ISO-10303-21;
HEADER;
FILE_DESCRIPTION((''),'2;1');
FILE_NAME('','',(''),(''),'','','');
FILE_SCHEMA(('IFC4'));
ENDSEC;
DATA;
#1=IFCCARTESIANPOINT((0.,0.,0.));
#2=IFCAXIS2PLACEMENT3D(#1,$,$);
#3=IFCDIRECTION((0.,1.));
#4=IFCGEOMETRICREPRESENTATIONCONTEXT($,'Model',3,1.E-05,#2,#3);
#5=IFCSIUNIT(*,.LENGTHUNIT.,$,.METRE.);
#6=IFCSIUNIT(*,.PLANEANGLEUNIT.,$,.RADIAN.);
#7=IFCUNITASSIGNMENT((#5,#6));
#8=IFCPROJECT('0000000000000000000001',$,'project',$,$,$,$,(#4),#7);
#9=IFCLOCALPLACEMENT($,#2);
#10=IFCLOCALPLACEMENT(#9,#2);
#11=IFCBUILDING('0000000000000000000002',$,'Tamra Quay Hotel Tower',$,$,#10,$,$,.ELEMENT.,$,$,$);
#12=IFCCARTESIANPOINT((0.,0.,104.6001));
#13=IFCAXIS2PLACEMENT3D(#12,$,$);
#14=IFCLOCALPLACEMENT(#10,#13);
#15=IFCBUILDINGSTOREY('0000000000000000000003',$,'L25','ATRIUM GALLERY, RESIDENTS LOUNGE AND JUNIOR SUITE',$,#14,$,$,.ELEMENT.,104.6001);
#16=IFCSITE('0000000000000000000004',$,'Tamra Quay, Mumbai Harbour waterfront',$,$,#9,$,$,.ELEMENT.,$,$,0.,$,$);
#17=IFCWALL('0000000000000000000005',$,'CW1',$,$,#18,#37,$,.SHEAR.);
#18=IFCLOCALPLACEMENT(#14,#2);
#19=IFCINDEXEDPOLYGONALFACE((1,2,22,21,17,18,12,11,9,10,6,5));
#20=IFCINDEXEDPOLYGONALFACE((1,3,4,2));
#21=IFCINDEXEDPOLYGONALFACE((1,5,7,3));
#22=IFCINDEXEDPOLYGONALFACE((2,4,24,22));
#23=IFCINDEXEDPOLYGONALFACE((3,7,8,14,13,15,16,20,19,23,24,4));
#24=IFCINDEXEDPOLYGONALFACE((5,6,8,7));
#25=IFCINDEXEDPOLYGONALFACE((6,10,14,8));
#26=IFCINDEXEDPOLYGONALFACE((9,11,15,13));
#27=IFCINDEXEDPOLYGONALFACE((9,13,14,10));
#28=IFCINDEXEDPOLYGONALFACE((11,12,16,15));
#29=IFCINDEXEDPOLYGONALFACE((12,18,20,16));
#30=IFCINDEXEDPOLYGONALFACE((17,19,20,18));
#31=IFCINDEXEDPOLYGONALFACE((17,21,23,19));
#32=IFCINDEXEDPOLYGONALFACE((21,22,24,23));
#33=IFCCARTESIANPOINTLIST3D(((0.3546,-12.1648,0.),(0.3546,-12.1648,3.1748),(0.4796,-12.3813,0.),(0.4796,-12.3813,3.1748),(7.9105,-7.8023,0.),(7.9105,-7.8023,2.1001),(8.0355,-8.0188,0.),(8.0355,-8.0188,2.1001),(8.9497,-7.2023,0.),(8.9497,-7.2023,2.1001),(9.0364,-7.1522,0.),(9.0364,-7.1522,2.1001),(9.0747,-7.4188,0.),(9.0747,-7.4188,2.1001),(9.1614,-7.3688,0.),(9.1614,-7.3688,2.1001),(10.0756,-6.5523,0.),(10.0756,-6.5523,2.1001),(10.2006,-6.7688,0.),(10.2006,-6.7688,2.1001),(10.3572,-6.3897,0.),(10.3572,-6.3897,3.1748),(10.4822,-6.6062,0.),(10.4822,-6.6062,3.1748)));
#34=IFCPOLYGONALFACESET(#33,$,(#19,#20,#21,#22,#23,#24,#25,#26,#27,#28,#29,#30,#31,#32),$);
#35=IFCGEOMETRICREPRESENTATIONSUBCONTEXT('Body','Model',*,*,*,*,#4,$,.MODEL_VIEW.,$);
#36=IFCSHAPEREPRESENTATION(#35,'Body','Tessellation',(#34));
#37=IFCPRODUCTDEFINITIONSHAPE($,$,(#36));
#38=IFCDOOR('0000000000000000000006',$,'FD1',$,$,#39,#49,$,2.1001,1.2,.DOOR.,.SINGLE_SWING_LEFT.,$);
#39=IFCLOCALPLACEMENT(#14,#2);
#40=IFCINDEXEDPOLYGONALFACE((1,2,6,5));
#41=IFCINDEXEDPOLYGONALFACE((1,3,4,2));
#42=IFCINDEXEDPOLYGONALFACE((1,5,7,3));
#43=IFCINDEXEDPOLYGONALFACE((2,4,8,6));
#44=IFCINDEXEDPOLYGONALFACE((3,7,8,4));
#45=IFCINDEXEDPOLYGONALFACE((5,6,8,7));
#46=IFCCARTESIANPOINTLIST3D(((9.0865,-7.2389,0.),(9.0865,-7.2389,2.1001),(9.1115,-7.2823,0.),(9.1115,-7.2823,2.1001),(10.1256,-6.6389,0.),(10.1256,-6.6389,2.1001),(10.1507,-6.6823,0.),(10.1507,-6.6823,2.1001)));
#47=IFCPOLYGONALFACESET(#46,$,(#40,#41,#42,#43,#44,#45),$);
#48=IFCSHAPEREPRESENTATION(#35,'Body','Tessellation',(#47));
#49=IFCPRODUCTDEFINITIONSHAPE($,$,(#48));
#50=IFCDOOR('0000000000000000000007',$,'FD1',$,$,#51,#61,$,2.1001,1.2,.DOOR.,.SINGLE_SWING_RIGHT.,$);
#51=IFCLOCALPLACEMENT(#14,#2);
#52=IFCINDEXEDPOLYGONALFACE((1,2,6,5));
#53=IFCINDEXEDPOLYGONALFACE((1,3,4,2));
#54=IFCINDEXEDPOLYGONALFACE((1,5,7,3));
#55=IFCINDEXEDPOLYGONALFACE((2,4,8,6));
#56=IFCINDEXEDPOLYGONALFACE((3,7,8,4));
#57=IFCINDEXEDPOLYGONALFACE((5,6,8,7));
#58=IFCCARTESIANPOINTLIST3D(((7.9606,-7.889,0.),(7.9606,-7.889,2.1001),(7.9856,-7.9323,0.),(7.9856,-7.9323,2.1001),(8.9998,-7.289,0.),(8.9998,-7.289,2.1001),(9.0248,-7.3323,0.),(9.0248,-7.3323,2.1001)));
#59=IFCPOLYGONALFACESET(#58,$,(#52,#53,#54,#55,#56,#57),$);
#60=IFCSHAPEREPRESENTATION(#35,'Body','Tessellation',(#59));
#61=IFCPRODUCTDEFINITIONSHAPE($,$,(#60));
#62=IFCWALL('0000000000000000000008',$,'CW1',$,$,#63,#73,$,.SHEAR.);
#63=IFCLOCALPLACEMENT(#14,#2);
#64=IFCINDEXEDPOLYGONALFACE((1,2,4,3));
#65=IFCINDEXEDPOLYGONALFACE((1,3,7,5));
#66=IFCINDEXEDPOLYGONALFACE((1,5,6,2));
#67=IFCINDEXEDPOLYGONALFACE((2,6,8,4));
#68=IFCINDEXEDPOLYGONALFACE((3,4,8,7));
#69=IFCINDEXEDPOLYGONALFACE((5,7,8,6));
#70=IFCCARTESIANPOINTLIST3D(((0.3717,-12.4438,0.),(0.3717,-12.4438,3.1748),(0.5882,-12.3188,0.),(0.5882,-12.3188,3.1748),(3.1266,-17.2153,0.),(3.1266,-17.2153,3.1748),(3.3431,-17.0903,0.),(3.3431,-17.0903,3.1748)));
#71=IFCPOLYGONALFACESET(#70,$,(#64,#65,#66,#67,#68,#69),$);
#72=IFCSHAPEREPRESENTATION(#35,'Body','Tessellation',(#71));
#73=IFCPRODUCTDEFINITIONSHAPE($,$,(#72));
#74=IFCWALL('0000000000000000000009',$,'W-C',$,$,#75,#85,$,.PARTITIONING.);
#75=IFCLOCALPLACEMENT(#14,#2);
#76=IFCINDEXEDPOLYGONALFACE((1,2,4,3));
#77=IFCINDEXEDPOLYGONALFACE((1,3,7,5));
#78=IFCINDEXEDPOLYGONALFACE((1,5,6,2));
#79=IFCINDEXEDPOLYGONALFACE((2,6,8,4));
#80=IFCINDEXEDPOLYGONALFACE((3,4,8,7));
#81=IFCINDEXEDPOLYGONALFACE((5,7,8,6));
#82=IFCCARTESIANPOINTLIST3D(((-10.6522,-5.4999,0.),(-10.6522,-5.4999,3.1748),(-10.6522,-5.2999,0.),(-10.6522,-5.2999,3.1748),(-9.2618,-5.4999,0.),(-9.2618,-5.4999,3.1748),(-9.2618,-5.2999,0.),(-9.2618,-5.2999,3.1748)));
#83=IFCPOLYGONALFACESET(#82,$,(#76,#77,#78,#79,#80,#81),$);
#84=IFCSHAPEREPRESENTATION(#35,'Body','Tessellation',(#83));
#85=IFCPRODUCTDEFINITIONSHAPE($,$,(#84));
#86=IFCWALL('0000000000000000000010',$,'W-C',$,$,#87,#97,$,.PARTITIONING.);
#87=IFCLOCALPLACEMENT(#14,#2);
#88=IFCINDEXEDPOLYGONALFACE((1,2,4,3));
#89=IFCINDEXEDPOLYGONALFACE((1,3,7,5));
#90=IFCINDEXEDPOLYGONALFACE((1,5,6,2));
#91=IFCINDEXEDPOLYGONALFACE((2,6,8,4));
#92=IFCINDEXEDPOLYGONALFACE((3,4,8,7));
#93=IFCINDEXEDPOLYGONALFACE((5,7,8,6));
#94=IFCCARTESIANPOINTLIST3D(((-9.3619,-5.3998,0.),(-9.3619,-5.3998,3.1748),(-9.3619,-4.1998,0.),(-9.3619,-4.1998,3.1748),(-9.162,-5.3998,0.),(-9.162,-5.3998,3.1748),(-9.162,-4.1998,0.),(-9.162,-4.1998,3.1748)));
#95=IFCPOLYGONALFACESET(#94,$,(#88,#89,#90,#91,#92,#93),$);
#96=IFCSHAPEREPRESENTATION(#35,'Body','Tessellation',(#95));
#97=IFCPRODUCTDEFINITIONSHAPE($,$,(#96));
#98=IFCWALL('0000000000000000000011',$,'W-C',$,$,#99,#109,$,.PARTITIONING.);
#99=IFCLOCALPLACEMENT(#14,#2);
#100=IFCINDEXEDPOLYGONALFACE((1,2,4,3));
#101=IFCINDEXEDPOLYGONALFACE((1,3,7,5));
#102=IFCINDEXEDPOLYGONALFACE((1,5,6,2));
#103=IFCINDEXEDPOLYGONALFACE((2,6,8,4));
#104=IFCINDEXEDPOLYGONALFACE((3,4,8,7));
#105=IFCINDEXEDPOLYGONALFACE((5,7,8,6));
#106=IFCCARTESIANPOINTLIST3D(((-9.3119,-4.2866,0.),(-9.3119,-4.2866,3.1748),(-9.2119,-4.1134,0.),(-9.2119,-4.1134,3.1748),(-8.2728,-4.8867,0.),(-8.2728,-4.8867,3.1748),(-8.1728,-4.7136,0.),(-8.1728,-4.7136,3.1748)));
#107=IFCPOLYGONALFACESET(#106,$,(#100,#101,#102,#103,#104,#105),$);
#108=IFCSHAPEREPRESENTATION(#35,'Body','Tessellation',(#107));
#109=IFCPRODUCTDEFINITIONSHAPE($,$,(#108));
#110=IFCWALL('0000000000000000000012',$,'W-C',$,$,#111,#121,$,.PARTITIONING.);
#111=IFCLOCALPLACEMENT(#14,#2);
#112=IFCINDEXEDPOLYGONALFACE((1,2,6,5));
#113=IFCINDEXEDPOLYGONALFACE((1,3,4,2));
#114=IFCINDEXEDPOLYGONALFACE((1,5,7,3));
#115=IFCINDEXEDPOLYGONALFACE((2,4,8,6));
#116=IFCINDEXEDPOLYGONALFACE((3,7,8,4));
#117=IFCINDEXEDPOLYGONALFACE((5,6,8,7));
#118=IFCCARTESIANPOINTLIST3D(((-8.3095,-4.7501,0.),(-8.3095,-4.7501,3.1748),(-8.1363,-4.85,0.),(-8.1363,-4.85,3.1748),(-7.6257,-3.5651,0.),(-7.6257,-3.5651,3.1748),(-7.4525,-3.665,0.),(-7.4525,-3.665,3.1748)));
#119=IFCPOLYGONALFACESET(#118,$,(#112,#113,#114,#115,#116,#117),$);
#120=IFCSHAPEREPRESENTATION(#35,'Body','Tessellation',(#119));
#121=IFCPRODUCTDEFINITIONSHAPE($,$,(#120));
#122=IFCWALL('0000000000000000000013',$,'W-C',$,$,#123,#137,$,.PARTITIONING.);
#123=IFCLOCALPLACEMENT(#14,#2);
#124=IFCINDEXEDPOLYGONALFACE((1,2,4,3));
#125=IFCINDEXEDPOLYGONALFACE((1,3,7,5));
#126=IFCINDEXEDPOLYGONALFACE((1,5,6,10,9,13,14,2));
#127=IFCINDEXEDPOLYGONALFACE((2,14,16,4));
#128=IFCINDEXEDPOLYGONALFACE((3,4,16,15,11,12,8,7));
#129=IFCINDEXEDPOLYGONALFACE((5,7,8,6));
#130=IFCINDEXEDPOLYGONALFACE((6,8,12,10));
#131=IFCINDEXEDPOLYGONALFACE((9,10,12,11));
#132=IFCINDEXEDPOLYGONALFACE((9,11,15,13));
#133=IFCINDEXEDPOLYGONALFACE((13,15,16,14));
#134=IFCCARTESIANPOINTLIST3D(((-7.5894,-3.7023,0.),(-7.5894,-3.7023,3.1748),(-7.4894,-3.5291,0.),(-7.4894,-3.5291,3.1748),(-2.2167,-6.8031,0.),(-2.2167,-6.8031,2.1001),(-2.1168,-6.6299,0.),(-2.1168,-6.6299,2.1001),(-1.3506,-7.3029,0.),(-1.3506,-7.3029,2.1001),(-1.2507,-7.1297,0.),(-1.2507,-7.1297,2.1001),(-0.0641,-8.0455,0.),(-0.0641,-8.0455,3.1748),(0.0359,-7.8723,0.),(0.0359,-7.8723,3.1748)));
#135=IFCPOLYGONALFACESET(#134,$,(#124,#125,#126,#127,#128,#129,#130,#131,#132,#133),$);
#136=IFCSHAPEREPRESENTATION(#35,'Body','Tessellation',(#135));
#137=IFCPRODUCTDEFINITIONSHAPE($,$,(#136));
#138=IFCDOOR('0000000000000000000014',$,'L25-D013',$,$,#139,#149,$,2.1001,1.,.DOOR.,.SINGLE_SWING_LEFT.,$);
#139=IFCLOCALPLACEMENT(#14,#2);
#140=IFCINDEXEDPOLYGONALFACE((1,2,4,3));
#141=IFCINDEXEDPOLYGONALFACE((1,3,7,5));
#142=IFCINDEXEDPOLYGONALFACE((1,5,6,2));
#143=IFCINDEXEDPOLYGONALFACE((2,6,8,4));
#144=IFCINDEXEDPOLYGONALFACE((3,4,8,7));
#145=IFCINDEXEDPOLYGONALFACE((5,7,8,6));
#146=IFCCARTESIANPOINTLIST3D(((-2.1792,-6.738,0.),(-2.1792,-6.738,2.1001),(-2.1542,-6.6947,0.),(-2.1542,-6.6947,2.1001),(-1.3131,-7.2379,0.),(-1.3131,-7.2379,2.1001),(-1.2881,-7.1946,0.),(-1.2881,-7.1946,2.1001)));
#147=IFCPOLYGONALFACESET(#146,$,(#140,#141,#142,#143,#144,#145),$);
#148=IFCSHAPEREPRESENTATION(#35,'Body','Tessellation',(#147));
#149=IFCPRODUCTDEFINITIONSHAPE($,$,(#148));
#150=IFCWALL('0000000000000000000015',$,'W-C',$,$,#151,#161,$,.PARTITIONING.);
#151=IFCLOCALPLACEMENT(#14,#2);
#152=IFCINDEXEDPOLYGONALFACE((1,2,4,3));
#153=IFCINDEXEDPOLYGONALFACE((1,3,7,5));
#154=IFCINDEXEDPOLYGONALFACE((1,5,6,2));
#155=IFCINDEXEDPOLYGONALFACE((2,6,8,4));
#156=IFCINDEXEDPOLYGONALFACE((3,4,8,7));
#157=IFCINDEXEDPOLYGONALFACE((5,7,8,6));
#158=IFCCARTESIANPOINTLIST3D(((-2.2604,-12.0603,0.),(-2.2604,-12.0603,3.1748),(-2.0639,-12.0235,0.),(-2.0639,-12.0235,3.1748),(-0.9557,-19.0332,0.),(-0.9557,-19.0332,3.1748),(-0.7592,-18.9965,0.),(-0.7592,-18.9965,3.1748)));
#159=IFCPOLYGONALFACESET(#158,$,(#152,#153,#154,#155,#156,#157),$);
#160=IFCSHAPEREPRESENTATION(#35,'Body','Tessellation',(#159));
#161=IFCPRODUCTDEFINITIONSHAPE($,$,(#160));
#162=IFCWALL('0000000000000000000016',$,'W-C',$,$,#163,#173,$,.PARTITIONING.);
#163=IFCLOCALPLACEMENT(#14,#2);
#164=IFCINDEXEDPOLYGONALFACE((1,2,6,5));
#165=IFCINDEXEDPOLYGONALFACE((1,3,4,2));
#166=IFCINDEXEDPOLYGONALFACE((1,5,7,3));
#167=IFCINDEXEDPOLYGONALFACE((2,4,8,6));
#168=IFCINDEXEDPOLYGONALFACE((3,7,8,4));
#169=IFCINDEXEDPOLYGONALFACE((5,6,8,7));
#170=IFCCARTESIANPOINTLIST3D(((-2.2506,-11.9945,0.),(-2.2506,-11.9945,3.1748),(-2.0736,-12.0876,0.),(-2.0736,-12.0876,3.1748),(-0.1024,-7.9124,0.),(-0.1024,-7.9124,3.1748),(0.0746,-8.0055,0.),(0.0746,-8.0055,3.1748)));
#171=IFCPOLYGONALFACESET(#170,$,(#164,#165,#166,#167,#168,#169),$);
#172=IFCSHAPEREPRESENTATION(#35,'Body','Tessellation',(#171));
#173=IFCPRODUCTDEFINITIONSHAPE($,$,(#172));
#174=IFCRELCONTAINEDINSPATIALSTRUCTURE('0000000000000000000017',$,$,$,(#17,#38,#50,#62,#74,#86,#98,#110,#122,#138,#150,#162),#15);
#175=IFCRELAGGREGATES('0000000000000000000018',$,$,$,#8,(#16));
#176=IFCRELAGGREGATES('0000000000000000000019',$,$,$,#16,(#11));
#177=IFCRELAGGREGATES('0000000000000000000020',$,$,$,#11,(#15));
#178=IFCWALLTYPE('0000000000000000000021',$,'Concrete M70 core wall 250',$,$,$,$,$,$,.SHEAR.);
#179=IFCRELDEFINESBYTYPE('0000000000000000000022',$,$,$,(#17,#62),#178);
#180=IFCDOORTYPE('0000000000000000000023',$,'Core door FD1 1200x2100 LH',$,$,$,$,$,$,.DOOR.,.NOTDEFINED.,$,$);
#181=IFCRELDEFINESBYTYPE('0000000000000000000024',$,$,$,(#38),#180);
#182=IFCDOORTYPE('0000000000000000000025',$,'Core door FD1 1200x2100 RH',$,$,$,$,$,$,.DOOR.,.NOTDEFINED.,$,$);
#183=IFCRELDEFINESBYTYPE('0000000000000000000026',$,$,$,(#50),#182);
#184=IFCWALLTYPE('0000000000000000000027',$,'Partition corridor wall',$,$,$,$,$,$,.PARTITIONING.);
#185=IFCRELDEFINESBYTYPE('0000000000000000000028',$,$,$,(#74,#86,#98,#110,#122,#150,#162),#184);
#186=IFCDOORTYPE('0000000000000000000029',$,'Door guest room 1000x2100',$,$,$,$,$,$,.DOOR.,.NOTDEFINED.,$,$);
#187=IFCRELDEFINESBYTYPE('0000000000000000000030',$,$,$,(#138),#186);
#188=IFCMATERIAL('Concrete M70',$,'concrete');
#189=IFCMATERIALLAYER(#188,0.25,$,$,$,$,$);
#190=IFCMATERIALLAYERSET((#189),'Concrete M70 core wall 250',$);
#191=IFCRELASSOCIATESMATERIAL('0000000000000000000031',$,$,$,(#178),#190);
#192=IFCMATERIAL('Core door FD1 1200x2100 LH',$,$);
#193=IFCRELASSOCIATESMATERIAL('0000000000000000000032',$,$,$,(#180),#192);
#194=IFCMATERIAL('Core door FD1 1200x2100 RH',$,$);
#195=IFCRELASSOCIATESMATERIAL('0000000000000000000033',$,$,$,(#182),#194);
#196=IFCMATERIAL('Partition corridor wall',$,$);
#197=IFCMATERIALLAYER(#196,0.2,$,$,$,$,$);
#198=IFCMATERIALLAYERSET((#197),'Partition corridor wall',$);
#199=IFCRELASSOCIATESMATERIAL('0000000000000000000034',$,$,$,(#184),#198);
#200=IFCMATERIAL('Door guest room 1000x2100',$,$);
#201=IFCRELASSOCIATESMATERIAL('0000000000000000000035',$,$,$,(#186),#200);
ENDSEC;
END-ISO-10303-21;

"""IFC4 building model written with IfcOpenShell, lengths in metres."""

from ifc_helpers import new_model, si_unit, direction, frame, frame_2d, origin, place, context, subcontext, project, spatial, rectangle, extrude, material, layer, layer_set, type_object, element, fill, save


model = new_model("IFC4")

# Units and contexts
model_context = context("Model", 3, precision=1e-05, world=origin(), true_north=direction((0.0, 1.0)))
body_context = subcontext(model_context, "Body", "Model", "MODEL_VIEW")
ifc_project = project(units=[si_unit("LENGTHUNIT", "METRE"), si_unit("PLANEANGLEUNIT", "RADIAN")], contexts=[model_context])

# Site, building, storey
site_placement = place(None, origin())
site = spatial("IfcSite", under=ifc_project, at=site_placement, Name="Tamra Quay, Mumbai Harbour waterfront", CompositionType="ELEMENT", RefElevation=0.0)
building_placement = place(site_placement, origin())
building = spatial("IfcBuilding", under=site, at=building_placement, Name="Tamra Quay Hotel Tower", CompositionType="ELEMENT")
storey_placement = place(building_placement, frame((0.0, 0.0, 104.6001)))
storey = spatial("IfcBuildingStorey", under=building, at=storey_placement, Name="L25", Description="ATRIUM GALLERY, RESIDENTS LOUNGE AND JUNIOR SUITE", CompositionType="ELEMENT", Elevation=104.6001)

# Shared definitions
ifc_material_1 = material(Name="Concrete M70", Category="concrete")

# Shared definitions
ifc_layer_1 = layer(ifc_material_1, 0.25)
ifc_layer_set_1 = layer_set([ifc_layer_1], Name="Concrete M70 core wall 250")
wall_type_1 = type_object("IfcWallType", Name="Concrete M70 core wall 250", PredefinedType="SHEAR", material=ifc_layer_set_1)

# Wall, openings, doors
wall_1_placement = place(storey_placement, frame((0.4172, -12.2729, 0.0), z_axis=(0.0, 0.0, 1.0), x_axis=(0.866022, 0.500006, 0.0)))
wall_1 = element("IfcWall", 1, at=wall_1_placement, inside=storey, type_object=wall_type_1, Name="CW1", PredefinedType="SHEAR", context=body_context, shape_type="SweptSolid", body=[
    extrude(rectangle(XDim=11.55, YDim=0.25, at=frame_2d((5.7749, 0.0))), origin(), (0.0, 0.0, 1.0), 3.1748),
])
opening_1_placement = place(wall_1_placement, frame((10.0247, 0.0, 0.0)))
opening_1 = element("IfcOpeningElement", 2, at=opening_1_placement, cuts=wall_1, PredefinedType="OPENING", context=body_context, shape_type="SweptSolid", body=[
    extrude(rectangle(XDim=1.2, YDim=2.1001, at=frame_2d((0.6001, 1.05))), frame((0.0, 0.135, 0.0), z_axis=(0.0, -1.0, 0.0), x_axis=(1.0, 0.0, 0.0)), (0.0, 0.0, 1.0), 0.27),
])
opening_2_placement = place(wall_1_placement, frame((8.7246, 0.0, 0.0)))
opening_2 = element("IfcOpeningElement", 3, at=opening_2_placement, cuts=wall_1, PredefinedType="OPENING", context=body_context, shape_type="SweptSolid", body=[
    extrude(rectangle(XDim=1.2, YDim=2.1001, at=frame_2d((0.6001, 1.05))), frame((0.0, 0.135, 0.0), z_axis=(0.0, -1.0, 0.0), x_axis=(1.0, 0.0, 0.0)), (0.0, 0.0, 1.0), 0.27),
])
ifc_material_2 = material(Name="Core door FD1 1200x2100 LH")
door_type_1 = type_object("IfcDoorType", Name="Core door FD1 1200x2100 LH", OperationType="NOTDEFINED", PredefinedType="DOOR", material=ifc_material_2)
door_1_placement = place(opening_1_placement, origin())
door_1 = element("IfcDoor", 4, at=door_1_placement, inside=storey, type_object=door_type_1, Name="FD1", OperationType="SINGLE_SWING_LEFT", OverallHeight=2.1001, OverallWidth=1.2, PredefinedType="DOOR", context=body_context, shape_type="SweptSolid", body=[
    extrude(rectangle(XDim=1.2, YDim=2.1001, at=frame_2d((0.6001, 1.05))), frame((0.0, 0.0249, 0.0), z_axis=(0.0, -1.0, 0.0), x_axis=(1.0, 0.0, 0.0)), (0.0, 0.0, 1.0), 0.05),
])
fill(opening_1, door_1)
ifc_material_3 = material(Name="Core door FD1 1200x2100 RH")
door_type_2 = type_object("IfcDoorType", Name="Core door FD1 1200x2100 RH", OperationType="NOTDEFINED", PredefinedType="DOOR", material=ifc_material_3)
door_2_placement = place(opening_2_placement, origin())
door_2 = element("IfcDoor", 5, at=door_2_placement, inside=storey, type_object=door_type_2, Name="FD1", OperationType="SINGLE_SWING_RIGHT", OverallHeight=2.1001, OverallWidth=1.2, PredefinedType="DOOR", context=body_context, shape_type="SweptSolid", body=[
    extrude(rectangle(XDim=1.2, YDim=2.1001, at=frame_2d((0.6001, 1.05))), frame((0.0, 0.0249, 0.0), z_axis=(0.0, -1.0, 0.0), x_axis=(1.0, 0.0, 0.0)), (0.0, 0.0, 1.0), 0.05),
])
fill(opening_2, door_2)

# Walls
wall_2_placement = place(storey_placement, frame((3.2349, -17.1528, 0.0), z_axis=(0.0, 0.0, 1.0), x_axis=(-0.500009, 0.86602, 0.0)))
element("IfcWall", 6, at=wall_2_placement, inside=storey, type_object=wall_type_1, Name="CW1", PredefinedType="SHEAR", context=body_context, shape_type="SweptSolid", body=[
    extrude(rectangle(XDim=5.5098, YDim=0.25, at=frame_2d((2.7549, 0.0))), origin(), (0.0, 0.0, 1.0), 3.1748),
])
ifc_material_4 = material(Name="Partition corridor wall")
ifc_layer_2 = layer(ifc_material_4, 0.2)
ifc_layer_set_2 = layer_set([ifc_layer_2], Name="Partition corridor wall")
wall_type_2 = type_object("IfcWallType", Name="Partition corridor wall", PredefinedType="PARTITIONING", material=ifc_layer_set_2)
wall_3_placement = place(storey_placement, frame((-10.6523, -5.3999, 0.0), z_axis=(0.0, 0.0, 1.0), x_axis=(1.0, 0.0, 0.0)))
element("IfcWall", 7, at=wall_3_placement, inside=storey, type_object=wall_type_2, Name="W-C", PredefinedType="PARTITIONING", context=body_context, shape_type="SweptSolid", body=[
    extrude(rectangle(XDim=1.3904, YDim=0.2, at=frame_2d((0.6953, 0.0))), origin(), (0.0, 0.0, 1.0), 3.1748),
])
for number, where, z_axis, x_axis, name in (
    (8, (-9.262, -5.3999, 0.0), (0.0, 0.0, 1.0), (0.0, 1.0, 0.0), "W-C"),
    (9, (-9.262, -4.2, 0.0), (0.0, 0.0, 1.0), (0.865955, -0.500122, 0.0), "W-C"),
):
    element("IfcWall", number, at=place(storey_placement, frame(where, z_axis=z_axis, x_axis=x_axis)), inside=storey, type_object=wall_type_2, Name=name, PredefinedType="PARTITIONING", context=body_context, shape_type="SweptSolid", body=[
        extrude(rectangle(XDim=1.2, YDim=0.2, at=frame_2d((0.6001, 0.0))), origin(), (0.0, 0.0, 1.0), 3.1748),
    ])
wall_4_placement = place(storey_placement, frame((-8.2229, -4.8, 0.0), z_axis=(0.0, 0.0, 1.0), x_axis=(0.499805, 0.866138, 0.0)))
element("IfcWall", 10, at=wall_4_placement, inside=storey, type_object=wall_type_2, Name="W-C", PredefinedType="PARTITIONING", context=body_context, shape_type="SweptSolid", body=[
    extrude(rectangle(XDim=1.3682, YDim=0.2, at=frame_2d((0.6841, 0.0))), origin(), (0.0, 0.0, 1.0), 3.1748),
])

# Wall, opening, door
wall_5_placement = place(storey_placement, frame((-7.5393, -3.6157, 0.0), z_axis=(0.0, 0.0, 1.0), x_axis=(0.866101, -0.499868, 0.0)))
wall_5 = element("IfcWall", 11, at=wall_5_placement, inside=storey, type_object=wall_type_2, Name="W-C", PredefinedType="PARTITIONING", context=body_context, shape_type="SweptSolid", body=[
    extrude(rectangle(XDim=8.6887, YDim=0.2, at=frame_2d((4.3442, 0.0))), origin(), (0.0, 0.0, 1.0), 3.1748),
])
opening_3_placement = place(wall_5_placement, frame((6.2031, 0.0, 0.0)))
opening_3 = element("IfcOpeningElement", 12, at=opening_3_placement, cuts=wall_5, PredefinedType="OPENING", context=body_context, shape_type="SweptSolid", body=[
    extrude(rectangle(XDim=1.0, YDim=2.1001, at=frame_2d((0.5, 1.05))), frame((0.0, 0.1099, 0.0), z_axis=(0.0, -1.0, 0.0), x_axis=(1.0, 0.0, 0.0)), (0.0, 0.0, 1.0), 0.22),
])
ifc_material_5 = material(Name="Door guest room 1000x2100")
door_type_3 = type_object("IfcDoorType", Name="Door guest room 1000x2100", OperationType="NOTDEFINED", PredefinedType="DOOR", material=ifc_material_5)
door_3_placement = place(opening_3_placement, frame((1.0, 0.0, 0.0), z_axis=(0.0, 0.0, 1.0), x_axis=(-1.0, 0.0, 0.0)))
door_3 = element("IfcDoor", 13, at=door_3_placement, inside=storey, type_object=door_type_3, Name="L25-D013", OperationType="SINGLE_SWING_LEFT", OverallHeight=2.1001, OverallWidth=1.0, PredefinedType="DOOR", context=body_context, shape_type="SweptSolid", body=[
    extrude(rectangle(XDim=1.0, YDim=2.1001, at=frame_2d((0.5, 1.05))), frame((0.0, 0.0249, 0.0), z_axis=(0.0, -1.0, 0.0), x_axis=(1.0, 0.0, 0.0)), (0.0, 0.0, 1.0), 0.05),
])
fill(opening_3, door_3)

# Walls
wall_6_placement = place(storey_placement, frame((-2.1621, -12.042, 0.0), z_axis=(0.0, 0.0, 1.0), x_axis=(0.183917, -0.982942, 0.0)))
element("IfcWall", 14, at=wall_6_placement, inside=storey, type_object=wall_type_2, Name="W-C", PredefinedType="PARTITIONING", context=body_context, shape_type="SweptSolid", body=[
    extrude(rectangle(XDim=7.094, YDim=0.2, at=frame_2d((3.5469, 0.0))), origin(), (0.0, 0.0, 1.0), 3.1748),
])
wall_7_placement = place(storey_placement, frame((-2.1621, -12.041, 0.0), z_axis=(0.0, 0.0, 1.0), x_axis=(0.465705, 0.88494, 0.0)))
element("IfcWall", 15, at=wall_7_placement, inside=storey, type_object=wall_type_2, Name="W-C", PredefinedType="PARTITIONING", context=body_context, shape_type="SweptSolid", body=[
    extrude(rectangle(XDim=4.6128, YDim=0.2, at=frame_2d((2.3064, 0.0))), origin(), (0.0, 0.0, 1.0), 3.1748),
])

save(model, "model.ifc")
